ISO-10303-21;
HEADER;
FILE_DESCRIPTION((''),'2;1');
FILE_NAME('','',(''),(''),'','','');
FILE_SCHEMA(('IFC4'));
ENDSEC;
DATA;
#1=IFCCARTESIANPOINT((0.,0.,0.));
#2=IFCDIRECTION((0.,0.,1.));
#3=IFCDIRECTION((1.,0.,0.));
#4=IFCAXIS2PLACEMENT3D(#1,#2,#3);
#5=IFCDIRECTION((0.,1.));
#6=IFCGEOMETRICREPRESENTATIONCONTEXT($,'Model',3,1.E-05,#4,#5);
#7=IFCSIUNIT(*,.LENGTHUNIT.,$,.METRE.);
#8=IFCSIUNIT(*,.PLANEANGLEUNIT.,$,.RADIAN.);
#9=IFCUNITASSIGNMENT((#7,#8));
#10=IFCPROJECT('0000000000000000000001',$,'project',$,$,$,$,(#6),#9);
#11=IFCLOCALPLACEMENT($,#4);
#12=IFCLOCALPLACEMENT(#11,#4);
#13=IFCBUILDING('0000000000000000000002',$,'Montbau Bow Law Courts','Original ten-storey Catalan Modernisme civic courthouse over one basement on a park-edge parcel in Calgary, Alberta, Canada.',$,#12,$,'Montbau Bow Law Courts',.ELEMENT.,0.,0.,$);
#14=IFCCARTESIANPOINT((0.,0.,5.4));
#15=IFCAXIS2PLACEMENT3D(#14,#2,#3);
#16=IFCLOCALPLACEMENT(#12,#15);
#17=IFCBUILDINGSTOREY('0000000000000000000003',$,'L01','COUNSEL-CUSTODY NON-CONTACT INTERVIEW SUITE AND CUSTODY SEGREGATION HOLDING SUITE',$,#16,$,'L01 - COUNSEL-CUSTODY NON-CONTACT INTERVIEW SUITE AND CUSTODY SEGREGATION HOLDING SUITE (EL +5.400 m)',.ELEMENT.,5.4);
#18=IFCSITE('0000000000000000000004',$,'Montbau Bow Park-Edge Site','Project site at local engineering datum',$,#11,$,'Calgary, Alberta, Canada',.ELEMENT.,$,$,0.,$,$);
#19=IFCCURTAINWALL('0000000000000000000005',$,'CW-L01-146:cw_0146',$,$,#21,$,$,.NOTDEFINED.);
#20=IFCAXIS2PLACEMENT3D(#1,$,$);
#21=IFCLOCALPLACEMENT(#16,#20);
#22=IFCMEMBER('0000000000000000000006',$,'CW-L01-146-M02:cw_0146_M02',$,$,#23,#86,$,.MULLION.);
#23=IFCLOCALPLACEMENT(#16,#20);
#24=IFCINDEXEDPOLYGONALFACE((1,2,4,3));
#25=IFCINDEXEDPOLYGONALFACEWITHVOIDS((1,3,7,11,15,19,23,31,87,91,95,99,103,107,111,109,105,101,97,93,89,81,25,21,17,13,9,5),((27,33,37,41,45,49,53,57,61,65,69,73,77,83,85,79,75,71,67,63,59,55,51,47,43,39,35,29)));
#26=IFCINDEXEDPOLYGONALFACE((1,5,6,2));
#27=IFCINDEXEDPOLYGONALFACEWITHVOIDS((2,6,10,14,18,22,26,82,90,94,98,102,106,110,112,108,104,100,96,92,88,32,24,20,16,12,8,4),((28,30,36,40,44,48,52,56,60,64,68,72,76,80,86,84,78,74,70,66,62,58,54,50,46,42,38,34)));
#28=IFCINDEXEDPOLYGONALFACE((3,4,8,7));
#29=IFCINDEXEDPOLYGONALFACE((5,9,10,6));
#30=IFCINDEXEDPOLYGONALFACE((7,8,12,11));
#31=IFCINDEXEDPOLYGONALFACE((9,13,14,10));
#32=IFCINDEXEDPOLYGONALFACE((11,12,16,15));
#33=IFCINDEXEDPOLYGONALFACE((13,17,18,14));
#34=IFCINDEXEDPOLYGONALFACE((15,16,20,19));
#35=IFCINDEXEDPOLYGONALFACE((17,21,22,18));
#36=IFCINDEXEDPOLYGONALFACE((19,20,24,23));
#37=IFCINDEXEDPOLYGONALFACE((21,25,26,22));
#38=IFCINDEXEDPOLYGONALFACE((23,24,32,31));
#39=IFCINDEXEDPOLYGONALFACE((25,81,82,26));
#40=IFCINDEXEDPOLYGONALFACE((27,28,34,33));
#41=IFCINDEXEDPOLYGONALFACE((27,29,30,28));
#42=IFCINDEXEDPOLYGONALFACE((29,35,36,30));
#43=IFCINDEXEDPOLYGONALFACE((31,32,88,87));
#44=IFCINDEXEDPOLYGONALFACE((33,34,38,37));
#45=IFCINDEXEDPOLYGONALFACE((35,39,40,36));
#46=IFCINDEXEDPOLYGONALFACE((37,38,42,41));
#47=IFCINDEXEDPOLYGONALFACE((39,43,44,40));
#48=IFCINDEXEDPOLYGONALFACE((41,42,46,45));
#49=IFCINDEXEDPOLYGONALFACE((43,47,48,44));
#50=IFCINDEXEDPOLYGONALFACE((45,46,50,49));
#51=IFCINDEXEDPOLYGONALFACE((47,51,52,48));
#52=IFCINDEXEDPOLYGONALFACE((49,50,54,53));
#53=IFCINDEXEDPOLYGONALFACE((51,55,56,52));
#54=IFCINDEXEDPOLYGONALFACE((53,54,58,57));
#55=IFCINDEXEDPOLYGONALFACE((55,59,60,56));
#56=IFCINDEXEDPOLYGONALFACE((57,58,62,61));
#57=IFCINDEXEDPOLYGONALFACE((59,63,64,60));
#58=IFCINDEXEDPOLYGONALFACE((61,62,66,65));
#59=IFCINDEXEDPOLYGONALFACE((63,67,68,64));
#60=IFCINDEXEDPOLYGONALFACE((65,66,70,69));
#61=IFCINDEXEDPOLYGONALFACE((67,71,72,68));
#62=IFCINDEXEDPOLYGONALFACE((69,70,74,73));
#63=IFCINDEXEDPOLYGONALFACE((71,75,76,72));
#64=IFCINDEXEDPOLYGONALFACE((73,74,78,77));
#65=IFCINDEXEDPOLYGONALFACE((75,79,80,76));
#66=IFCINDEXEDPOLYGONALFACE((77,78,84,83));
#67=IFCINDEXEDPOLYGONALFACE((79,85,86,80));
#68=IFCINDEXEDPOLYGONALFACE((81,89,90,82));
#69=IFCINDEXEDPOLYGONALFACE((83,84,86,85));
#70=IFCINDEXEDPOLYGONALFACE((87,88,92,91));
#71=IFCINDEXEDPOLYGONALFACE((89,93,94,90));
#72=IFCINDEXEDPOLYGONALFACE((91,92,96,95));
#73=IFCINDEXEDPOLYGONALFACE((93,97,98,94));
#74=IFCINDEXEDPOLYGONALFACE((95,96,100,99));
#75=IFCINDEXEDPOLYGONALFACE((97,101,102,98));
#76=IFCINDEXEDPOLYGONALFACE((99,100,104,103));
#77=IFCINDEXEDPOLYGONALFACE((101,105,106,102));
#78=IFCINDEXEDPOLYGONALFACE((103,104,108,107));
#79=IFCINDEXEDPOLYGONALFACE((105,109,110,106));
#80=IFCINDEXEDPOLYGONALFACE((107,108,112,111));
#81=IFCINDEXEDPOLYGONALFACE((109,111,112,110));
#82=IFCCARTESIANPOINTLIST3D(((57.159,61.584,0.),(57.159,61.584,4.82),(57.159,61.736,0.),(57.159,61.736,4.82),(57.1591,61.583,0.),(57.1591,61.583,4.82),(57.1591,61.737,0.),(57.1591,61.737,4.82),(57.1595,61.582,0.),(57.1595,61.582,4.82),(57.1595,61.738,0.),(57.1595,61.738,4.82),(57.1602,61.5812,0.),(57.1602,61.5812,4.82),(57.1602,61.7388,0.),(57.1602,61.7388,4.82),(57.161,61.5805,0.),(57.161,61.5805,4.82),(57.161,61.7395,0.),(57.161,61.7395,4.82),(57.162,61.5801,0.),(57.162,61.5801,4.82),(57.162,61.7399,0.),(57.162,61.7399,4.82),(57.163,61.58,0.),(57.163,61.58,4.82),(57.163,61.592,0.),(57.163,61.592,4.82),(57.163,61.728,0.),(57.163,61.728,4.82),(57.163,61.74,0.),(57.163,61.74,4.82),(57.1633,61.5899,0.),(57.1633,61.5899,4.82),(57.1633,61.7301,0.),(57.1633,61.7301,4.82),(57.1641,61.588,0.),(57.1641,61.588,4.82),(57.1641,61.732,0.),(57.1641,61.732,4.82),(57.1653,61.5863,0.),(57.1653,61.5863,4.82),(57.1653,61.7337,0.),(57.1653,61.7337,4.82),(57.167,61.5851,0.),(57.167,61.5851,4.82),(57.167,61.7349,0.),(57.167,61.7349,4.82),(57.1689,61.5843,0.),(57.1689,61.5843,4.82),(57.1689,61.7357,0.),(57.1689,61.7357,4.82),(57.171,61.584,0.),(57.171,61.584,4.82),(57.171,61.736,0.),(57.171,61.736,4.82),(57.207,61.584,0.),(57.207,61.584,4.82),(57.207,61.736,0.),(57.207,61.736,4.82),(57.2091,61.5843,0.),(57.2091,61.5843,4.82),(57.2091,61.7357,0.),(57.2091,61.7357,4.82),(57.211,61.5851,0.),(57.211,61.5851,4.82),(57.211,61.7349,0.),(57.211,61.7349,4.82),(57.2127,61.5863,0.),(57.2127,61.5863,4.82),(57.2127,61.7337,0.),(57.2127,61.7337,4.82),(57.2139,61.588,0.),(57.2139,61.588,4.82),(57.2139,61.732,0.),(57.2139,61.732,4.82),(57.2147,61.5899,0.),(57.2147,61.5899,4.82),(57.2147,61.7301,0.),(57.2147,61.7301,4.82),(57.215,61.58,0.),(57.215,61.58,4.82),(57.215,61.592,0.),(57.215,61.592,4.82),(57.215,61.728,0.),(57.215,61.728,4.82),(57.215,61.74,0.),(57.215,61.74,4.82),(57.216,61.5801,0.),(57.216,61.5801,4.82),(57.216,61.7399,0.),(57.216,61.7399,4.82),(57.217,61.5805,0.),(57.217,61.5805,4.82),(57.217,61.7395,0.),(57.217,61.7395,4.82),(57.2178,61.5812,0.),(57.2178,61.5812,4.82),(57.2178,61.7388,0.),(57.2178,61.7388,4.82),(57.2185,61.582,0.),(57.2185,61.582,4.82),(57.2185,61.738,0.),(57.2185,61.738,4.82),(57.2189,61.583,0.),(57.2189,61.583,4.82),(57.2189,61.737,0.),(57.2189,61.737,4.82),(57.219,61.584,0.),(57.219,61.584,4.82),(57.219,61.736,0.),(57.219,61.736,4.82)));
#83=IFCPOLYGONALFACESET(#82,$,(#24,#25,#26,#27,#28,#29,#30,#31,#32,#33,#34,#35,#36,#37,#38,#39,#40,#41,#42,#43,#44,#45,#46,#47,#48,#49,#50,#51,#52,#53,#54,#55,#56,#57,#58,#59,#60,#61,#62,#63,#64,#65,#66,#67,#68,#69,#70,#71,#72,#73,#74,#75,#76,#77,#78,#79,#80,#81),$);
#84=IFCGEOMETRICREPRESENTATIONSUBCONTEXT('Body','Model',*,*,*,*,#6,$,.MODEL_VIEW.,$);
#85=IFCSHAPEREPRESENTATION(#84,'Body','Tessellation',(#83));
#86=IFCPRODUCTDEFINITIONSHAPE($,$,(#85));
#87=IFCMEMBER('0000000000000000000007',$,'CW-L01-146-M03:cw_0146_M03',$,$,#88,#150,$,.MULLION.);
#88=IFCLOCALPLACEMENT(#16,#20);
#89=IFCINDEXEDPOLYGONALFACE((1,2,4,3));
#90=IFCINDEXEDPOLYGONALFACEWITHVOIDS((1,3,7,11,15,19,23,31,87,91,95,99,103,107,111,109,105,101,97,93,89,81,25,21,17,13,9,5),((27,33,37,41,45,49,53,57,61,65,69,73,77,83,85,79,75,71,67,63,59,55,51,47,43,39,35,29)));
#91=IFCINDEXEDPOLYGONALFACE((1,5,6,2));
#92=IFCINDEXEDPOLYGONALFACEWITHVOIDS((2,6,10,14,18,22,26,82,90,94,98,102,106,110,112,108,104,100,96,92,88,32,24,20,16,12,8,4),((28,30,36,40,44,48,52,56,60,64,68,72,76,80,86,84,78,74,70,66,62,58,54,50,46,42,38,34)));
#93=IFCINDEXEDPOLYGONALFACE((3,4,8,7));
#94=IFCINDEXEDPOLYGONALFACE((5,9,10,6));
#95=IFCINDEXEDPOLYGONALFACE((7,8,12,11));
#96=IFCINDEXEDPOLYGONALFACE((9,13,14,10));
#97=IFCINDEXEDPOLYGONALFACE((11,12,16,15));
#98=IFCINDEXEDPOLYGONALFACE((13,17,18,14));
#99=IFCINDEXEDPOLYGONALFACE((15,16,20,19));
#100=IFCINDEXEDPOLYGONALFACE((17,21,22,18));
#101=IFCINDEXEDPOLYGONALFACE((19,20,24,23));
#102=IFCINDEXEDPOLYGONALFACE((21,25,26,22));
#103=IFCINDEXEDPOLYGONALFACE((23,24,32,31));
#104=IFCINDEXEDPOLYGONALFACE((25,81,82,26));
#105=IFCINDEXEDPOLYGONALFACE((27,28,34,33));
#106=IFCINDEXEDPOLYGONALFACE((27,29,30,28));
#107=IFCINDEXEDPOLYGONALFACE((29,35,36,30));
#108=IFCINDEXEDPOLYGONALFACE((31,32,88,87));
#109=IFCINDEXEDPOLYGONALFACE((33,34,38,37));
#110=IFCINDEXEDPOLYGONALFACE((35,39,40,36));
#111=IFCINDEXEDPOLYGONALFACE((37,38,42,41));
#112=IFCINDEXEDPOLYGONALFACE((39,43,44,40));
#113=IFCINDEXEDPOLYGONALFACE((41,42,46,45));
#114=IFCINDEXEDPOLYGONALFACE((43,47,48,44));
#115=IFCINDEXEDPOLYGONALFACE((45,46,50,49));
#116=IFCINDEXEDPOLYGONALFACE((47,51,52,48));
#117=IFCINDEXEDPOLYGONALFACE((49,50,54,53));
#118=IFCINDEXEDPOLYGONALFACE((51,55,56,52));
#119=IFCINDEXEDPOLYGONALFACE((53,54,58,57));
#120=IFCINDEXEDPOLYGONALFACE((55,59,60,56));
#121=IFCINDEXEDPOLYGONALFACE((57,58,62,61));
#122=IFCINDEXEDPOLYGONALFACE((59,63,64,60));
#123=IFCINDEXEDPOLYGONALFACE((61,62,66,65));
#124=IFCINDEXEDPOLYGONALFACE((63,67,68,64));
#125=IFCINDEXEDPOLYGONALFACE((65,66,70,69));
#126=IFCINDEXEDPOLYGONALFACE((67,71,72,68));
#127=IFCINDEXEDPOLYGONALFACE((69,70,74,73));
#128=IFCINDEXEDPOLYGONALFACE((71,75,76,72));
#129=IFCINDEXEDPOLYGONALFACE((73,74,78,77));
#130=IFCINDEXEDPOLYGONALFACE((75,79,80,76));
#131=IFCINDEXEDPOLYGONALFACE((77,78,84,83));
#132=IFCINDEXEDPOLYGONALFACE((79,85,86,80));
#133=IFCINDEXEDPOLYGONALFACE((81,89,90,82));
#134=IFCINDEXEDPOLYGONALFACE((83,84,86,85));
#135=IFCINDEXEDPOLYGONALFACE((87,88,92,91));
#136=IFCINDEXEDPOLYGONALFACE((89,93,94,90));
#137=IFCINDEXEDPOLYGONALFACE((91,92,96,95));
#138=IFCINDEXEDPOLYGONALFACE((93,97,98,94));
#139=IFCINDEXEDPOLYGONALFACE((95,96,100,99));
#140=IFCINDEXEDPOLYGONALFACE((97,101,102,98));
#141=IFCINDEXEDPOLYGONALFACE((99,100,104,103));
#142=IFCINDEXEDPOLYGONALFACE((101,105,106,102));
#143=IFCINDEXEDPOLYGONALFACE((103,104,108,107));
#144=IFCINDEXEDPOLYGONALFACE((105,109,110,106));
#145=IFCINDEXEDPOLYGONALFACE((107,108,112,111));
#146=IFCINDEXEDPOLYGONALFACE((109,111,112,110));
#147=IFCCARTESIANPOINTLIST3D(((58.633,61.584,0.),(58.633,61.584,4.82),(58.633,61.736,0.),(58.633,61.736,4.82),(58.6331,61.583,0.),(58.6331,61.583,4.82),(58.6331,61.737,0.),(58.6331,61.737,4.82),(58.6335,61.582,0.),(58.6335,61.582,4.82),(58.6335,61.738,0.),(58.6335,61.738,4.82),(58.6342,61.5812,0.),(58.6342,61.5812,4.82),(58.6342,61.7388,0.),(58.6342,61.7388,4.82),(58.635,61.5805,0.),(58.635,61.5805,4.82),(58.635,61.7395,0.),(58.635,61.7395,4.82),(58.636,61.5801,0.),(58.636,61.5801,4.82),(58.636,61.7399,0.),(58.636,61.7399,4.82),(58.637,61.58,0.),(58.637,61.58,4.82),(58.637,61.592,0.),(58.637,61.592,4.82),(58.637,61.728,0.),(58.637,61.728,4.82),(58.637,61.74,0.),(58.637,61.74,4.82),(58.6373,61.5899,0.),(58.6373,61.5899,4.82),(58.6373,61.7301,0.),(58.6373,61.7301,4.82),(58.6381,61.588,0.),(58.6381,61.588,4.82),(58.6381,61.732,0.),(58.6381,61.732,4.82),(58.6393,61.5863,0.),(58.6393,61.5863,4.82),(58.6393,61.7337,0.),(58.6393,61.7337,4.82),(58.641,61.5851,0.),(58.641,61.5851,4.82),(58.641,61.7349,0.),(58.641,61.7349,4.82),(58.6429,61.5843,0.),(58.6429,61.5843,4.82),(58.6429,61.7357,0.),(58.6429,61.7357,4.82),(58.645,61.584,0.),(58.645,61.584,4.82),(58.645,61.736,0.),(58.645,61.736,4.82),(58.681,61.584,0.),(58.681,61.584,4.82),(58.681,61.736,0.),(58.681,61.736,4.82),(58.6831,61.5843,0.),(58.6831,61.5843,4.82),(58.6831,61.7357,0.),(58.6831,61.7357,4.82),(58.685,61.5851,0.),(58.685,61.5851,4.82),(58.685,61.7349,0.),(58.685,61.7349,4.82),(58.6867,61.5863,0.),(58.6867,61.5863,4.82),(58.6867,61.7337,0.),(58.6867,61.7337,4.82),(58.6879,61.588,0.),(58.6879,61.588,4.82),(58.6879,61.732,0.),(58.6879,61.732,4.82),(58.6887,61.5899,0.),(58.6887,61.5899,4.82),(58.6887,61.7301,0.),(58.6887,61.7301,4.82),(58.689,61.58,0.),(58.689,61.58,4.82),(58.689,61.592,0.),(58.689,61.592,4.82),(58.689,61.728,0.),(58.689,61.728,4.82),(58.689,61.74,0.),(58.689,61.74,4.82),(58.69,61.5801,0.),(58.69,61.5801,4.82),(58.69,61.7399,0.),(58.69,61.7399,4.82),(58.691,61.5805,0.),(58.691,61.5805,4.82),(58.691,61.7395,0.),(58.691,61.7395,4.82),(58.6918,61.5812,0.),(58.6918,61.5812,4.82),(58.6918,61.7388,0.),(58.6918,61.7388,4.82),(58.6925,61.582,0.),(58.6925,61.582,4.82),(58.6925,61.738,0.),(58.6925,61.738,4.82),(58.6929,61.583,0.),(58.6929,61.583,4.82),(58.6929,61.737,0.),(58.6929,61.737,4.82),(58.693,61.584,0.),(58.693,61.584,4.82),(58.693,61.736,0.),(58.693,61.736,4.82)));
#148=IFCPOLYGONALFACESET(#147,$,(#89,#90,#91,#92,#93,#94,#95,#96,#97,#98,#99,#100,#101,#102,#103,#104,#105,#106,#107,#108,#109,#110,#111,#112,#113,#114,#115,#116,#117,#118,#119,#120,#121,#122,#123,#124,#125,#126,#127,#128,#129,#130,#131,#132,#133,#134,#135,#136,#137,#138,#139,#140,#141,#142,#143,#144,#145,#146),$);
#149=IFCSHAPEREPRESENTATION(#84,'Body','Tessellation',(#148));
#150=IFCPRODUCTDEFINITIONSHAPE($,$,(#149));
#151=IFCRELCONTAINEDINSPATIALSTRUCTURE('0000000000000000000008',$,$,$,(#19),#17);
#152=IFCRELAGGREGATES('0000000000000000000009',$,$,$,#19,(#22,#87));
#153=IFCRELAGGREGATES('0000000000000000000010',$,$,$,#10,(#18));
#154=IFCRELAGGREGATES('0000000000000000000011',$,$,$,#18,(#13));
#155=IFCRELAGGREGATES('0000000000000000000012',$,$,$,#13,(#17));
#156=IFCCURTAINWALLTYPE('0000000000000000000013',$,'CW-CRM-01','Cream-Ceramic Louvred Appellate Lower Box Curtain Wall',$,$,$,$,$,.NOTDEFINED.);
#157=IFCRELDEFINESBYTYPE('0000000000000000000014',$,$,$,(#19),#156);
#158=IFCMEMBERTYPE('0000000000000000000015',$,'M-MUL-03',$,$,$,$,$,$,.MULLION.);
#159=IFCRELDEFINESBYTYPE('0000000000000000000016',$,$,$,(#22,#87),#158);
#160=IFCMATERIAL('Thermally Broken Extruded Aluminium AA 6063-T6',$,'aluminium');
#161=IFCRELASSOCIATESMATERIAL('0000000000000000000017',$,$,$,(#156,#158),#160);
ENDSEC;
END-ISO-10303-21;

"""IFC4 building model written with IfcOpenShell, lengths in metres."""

from ifc_helpers import new_model, si_unit, direction, frame, origin_with_axes, origin_2d_with_axis, place, context, subcontext, project, spatial, hollow_rectangle, extrude, material, material_profile, profile_set, type_object, element, aggregate, save


model = new_model("IFC4")

# Units and contexts
model_context = context("Model", 3, precision=1e-05, world=origin_with_axes(), true_north=direction((0.0, 1.0)))
body_context = subcontext(model_context, "Body", "Model", "MODEL_VIEW")
ifc_project = project(units=[si_unit("LENGTHUNIT", "METRE"), si_unit("PLANEANGLEUNIT", "RADIAN")], contexts=[model_context])

# Site, building, storey
site_placement = place(None, origin_with_axes())
site = spatial("IfcSite", under=ifc_project, at=site_placement, Name="Montbau Bow Park-Edge Site", Description="Project site at local engineering datum", LongName="Calgary, Alberta, Canada", CompositionType="ELEMENT", RefElevation=0.0)
building_placement = place(site_placement, origin_with_axes())
building = spatial("IfcBuilding", under=site, at=building_placement, Name="Montbau Bow Law Courts", Description="Original ten-storey Catalan Modernisme civic courthouse over one basement on a park-edge parcel in Calgary, Alberta, Canada.", LongName="Montbau Bow Law Courts", CompositionType="ELEMENT", ElevationOfRefHeight=0.0, ElevationOfTerrain=0.0)
storey_placement = place(building_placement, frame((0.0, 0.0, 5.4), z_axis=(0.0, 0.0, 1.0), x_axis=(1.0, 0.0, 0.0)))
storey = spatial("IfcBuildingStorey", under=building, at=storey_placement, Name="L01", Description="COUNSEL-CUSTODY NON-CONTACT INTERVIEW SUITE AND CUSTODY SEGREGATION HOLDING SUITE", LongName="L01 - COUNSEL-CUSTODY NON-CONTACT INTERVIEW SUITE AND CUSTODY SEGREGATION HOLDING SUITE (EL +5.400 m)", CompositionType="ELEMENT", Elevation=5.4)

# Curtain wall, members
ifc_material_1 = material(Name="Thermally Broken Extruded Aluminium AA 6063-T6", Category="aluminium")
curtain_wall_type = type_object("IfcCurtainWallType", Name="CW-CRM-01", Description="Cream-Ceramic Louvred Appellate Lower Box Curtain Wall", PredefinedType="NOTDEFINED", material=ifc_material_1)
curtain_wall_1_placement = place(None, frame((55.715, 61.66, 5.4), z_axis=(0.0, 0.0, 1.0), x_axis=(1.0, 0.0, 0.0)))
curtain_wall_1 = element("IfcCurtainWall", 1, at=curtain_wall_1_placement, inside=storey, type_object=curtain_wall_type, Name="CW-L01-146:cw_0146", PredefinedType="NOTDEFINED")
ifc_material_profile_1 = material_profile(ifc_material_1, hollow_rectangle(XDim=0.06, YDim=0.16, WallThickness=0.004, InnerFilletRadius=0.008, OuterFilletRadius=0.004, at=origin_2d_with_axis()), Name="CWM-160X60", Category="Main", Priority=0)
ifc_profile_set_1 = profile_set([ifc_material_profile_1], Name="Thermally Broken Extruded Aluminium AA 6063-T6")
member_type_1 = type_object("IfcMemberType", Name="M-MUL-03", PredefinedType="MULLION", material=ifc_profile_set_1)
member_1_placement = place(None, frame((57.189, 61.66, 5.4), z_axis=(0.0, 0.0, 1.0), x_axis=(1.0, 0.0, 0.0)))
member_1 = element("IfcMember", 2, at=member_1_placement, type_object=member_type_1, Name="CW-L01-146-M02:cw_0146_M02", PredefinedType="MULLION", context=body_context, shape_type="SweptSolid", body=[
    extrude(hollow_rectangle(XDim=0.06, YDim=0.16, WallThickness=0.004, InnerFilletRadius=0.008, OuterFilletRadius=0.004, at=origin_2d_with_axis()), origin_with_axes(), (0.0, 0.0, 1.0), 4.82),
])
member_2_placement = place(None, frame((58.663, 61.66, 5.4), z_axis=(0.0, 0.0, 1.0), x_axis=(1.0, 0.0, 0.0)))
member_2 = element("IfcMember", 3, at=member_2_placement, type_object=member_type_1, Name="CW-L01-146-M03:cw_0146_M03", PredefinedType="MULLION", context=body_context, shape_type="SweptSolid", body=[
    extrude(hollow_rectangle(XDim=0.06, YDim=0.16, WallThickness=0.004, InnerFilletRadius=0.008, OuterFilletRadius=0.004, at=origin_2d_with_axis()), origin_with_axes(), (0.0, 0.0, 1.0), 4.82),
])

aggregate(curtain_wall_1, [member_1, member_2])

save(model, "model.ifc")
